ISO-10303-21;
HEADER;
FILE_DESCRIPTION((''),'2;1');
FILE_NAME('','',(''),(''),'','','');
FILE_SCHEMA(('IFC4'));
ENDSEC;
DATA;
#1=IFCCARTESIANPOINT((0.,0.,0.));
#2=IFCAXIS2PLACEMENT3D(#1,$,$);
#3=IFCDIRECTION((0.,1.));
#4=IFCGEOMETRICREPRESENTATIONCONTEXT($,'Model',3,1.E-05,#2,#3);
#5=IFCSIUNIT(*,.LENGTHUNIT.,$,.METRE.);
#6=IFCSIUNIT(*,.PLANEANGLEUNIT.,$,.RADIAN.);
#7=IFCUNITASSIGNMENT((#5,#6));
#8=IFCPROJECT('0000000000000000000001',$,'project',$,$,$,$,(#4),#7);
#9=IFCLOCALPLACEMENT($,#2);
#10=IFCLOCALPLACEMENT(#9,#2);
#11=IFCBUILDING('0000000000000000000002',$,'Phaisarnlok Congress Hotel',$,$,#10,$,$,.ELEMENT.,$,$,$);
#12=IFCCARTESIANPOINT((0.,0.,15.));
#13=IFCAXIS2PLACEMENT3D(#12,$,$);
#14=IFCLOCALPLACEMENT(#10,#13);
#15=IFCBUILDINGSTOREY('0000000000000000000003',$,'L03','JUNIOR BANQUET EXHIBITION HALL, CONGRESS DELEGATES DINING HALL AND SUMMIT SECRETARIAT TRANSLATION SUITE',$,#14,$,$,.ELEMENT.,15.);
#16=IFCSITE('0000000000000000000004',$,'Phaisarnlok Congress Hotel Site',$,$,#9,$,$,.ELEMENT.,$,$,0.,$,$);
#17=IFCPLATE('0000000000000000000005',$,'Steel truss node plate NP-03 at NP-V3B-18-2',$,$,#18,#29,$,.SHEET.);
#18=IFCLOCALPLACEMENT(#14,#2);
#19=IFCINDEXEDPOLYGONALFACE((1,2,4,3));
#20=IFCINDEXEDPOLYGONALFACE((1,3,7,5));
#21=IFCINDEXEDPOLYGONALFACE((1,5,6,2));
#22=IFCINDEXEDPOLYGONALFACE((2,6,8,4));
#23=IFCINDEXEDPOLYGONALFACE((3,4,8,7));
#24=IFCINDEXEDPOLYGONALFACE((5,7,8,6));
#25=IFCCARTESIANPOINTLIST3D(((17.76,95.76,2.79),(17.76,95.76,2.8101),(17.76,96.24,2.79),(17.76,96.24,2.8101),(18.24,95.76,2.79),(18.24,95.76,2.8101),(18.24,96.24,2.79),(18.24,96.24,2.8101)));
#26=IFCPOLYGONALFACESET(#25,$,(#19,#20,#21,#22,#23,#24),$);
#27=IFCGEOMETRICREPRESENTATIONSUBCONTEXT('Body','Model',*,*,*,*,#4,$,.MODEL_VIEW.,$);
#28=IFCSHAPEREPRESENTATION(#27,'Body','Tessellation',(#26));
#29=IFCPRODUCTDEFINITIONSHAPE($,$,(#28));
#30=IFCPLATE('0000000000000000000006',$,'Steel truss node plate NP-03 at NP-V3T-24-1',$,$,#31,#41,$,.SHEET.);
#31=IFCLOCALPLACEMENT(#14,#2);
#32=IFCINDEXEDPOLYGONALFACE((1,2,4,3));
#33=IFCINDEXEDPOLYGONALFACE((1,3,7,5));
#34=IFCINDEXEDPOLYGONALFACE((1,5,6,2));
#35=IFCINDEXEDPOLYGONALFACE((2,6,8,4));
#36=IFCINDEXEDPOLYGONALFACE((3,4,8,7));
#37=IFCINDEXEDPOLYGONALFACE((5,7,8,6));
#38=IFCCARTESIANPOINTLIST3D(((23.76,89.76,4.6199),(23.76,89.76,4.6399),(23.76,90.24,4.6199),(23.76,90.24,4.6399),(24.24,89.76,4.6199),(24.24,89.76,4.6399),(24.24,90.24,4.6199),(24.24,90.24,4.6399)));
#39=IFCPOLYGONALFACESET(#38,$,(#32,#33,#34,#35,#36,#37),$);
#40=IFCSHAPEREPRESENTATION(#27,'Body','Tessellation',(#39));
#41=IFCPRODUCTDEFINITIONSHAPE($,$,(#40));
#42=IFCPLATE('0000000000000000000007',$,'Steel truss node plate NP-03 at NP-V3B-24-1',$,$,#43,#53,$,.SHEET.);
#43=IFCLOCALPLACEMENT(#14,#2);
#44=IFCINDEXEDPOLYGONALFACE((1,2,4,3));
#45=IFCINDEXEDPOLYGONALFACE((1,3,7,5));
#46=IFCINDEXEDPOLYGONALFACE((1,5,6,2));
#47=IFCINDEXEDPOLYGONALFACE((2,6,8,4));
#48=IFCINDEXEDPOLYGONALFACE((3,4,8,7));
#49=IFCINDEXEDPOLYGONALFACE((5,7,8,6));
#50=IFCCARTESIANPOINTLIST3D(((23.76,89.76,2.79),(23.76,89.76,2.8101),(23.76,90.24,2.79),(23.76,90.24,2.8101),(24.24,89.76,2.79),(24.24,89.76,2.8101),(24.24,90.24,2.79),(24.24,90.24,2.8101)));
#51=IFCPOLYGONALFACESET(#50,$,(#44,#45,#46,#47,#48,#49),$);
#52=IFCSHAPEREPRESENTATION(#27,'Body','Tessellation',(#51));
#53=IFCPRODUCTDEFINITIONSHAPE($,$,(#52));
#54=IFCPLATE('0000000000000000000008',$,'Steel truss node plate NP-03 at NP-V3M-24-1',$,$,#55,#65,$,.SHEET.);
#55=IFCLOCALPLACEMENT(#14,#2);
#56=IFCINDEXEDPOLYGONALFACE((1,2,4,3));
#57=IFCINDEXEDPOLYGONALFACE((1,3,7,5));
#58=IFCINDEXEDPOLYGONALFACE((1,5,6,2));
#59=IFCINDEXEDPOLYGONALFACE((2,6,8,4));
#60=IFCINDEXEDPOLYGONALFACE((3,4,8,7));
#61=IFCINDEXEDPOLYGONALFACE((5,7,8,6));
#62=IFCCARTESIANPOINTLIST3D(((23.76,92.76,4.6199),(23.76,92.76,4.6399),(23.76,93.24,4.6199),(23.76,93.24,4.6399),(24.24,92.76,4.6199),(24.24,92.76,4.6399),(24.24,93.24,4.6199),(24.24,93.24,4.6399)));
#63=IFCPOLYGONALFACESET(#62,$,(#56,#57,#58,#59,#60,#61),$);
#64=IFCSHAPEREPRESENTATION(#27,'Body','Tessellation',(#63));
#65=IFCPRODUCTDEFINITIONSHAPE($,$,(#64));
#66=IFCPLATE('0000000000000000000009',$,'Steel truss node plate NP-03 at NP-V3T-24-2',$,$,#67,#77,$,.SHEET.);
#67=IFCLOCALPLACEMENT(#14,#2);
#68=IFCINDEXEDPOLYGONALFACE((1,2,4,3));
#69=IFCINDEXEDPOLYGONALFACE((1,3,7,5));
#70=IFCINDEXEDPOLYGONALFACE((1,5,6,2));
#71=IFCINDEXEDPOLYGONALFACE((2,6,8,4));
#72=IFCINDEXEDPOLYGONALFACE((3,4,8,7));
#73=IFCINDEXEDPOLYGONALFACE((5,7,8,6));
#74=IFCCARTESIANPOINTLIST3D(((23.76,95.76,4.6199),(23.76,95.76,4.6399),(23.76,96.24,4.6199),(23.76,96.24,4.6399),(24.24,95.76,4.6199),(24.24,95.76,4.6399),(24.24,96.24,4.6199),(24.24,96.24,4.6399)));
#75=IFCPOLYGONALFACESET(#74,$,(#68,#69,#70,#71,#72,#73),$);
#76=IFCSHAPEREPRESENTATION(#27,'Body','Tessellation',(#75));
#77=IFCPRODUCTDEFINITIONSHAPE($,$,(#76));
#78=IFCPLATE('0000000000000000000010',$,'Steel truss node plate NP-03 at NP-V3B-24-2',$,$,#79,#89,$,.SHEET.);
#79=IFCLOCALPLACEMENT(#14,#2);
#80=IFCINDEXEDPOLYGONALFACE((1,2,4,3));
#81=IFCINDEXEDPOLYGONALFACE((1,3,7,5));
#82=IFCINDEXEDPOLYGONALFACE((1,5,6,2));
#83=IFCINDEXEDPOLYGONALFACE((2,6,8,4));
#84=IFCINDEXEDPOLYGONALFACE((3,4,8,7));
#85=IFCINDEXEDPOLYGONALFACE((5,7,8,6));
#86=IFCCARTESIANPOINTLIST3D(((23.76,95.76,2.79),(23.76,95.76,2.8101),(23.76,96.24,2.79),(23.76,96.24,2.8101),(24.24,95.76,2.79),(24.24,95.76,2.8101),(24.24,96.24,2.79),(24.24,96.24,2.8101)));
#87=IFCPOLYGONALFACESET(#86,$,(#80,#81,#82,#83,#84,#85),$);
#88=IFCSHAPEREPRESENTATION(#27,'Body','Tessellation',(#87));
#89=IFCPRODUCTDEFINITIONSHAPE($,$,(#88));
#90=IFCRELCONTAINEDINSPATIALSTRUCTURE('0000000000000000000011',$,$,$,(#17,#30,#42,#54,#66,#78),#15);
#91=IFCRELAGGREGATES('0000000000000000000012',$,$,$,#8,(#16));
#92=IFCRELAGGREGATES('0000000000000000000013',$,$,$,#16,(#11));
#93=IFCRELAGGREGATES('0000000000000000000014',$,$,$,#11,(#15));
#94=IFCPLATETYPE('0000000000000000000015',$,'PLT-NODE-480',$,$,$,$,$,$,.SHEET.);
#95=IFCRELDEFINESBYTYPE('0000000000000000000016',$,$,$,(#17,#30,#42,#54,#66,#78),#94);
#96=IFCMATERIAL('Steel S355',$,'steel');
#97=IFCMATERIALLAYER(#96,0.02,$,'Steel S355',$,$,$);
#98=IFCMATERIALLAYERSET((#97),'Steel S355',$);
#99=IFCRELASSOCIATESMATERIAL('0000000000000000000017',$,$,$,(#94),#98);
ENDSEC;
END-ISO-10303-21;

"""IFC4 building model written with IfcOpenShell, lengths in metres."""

from ifc_helpers import new_model, si_unit, direction, frame, origin, origin_2d, place, context, subcontext, project, spatial, rectangle, extrude, material, layer, layer_set, type_object, element, save


model = new_model("IFC4")

# Units and contexts
model_context = context("Model", 3, precision=1e-05, world=origin(), true_north=direction((0.0, 1.0)))
body_context = subcontext(model_context, "Body", "Model", "MODEL_VIEW")
ifc_project = project(units=[si_unit("LENGTHUNIT", "METRE"), si_unit("PLANEANGLEUNIT", "RADIAN")], contexts=[model_context])

# Site, building, storey
site_placement = place(None, origin())
site = spatial("IfcSite", under=ifc_project, at=site_placement, Name="Phaisarnlok Congress Hotel Site", CompositionType="ELEMENT", RefElevation=0.0)
building_placement = place(site_placement, origin())
building = spatial("IfcBuilding", under=site, at=building_placement, Name="Phaisarnlok Congress Hotel", CompositionType="ELEMENT")
storey_placement = place(building_placement, frame((0.0, 0.0, 15.0)))
storey = spatial("IfcBuildingStorey", under=building, at=storey_placement, Name="L03", Description="JUNIOR BANQUET EXHIBITION HALL, CONGRESS DELEGATES DINING HALL AND SUMMIT SECRETARIAT TRANSLATION SUITE", CompositionType="ELEMENT", Elevation=15.0)

# Shared definitions
ifc_material = material(Name="Steel S355", Category="steel")

# Plates
ifc_layer = layer(ifc_material, 0.02, Name="Steel S355")
ifc_layer_set = layer_set([ifc_layer], Name="Steel S355")
plate_type = type_object("IfcPlateType", Name="PLT-NODE-480", PredefinedType="SHEET", material=ifc_layer_set)
for number, where, z_axis, x_axis, name in (
    (1, (18.0, 96.0, 2.79), (0.0, 0.0, 1.0), (1.0, 0.0, 0.0), "Steel truss node plate NP-03 at NP-V3B-18-2"),
    (2, (24.0, 90.0, 4.6199), (0.0, 0.0, 1.0), (1.0, 0.0, 0.0), "Steel truss node plate NP-03 at NP-V3T-24-1"),
    (3, (24.0, 90.0, 2.79), (0.0, 0.0, 1.0), (1.0, 0.0, 0.0), "Steel truss node plate NP-03 at NP-V3B-24-1"),
    (4, (24.0, 93.0, 4.6199), (0.0, 0.0, 1.0), (1.0, 0.0, 0.0), "Steel truss node plate NP-03 at NP-V3M-24-1"),
    (5, (24.0, 96.0, 4.6199), (0.0, 0.0, 1.0), (1.0, 0.0, 0.0), "Steel truss node plate NP-03 at NP-V3T-24-2"),
    (6, (24.0, 96.0, 2.79), (0.0, 0.0, 1.0), (1.0, 0.0, 0.0), "Steel truss node plate NP-03 at NP-V3B-24-2"),
):
    element("IfcPlate", number, at=place(storey_placement, frame(where, z_axis=z_axis, x_axis=x_axis)), inside=storey, type_object=plate_type, Name=name, PredefinedType="SHEET", context=body_context, shape_type="SweptSolid", body=[
        extrude(rectangle(XDim=0.48, YDim=0.48, at=origin_2d()), origin(), (0.0, 0.0, 1.0), 0.02),
    ])

save(model, "model.ifc")
